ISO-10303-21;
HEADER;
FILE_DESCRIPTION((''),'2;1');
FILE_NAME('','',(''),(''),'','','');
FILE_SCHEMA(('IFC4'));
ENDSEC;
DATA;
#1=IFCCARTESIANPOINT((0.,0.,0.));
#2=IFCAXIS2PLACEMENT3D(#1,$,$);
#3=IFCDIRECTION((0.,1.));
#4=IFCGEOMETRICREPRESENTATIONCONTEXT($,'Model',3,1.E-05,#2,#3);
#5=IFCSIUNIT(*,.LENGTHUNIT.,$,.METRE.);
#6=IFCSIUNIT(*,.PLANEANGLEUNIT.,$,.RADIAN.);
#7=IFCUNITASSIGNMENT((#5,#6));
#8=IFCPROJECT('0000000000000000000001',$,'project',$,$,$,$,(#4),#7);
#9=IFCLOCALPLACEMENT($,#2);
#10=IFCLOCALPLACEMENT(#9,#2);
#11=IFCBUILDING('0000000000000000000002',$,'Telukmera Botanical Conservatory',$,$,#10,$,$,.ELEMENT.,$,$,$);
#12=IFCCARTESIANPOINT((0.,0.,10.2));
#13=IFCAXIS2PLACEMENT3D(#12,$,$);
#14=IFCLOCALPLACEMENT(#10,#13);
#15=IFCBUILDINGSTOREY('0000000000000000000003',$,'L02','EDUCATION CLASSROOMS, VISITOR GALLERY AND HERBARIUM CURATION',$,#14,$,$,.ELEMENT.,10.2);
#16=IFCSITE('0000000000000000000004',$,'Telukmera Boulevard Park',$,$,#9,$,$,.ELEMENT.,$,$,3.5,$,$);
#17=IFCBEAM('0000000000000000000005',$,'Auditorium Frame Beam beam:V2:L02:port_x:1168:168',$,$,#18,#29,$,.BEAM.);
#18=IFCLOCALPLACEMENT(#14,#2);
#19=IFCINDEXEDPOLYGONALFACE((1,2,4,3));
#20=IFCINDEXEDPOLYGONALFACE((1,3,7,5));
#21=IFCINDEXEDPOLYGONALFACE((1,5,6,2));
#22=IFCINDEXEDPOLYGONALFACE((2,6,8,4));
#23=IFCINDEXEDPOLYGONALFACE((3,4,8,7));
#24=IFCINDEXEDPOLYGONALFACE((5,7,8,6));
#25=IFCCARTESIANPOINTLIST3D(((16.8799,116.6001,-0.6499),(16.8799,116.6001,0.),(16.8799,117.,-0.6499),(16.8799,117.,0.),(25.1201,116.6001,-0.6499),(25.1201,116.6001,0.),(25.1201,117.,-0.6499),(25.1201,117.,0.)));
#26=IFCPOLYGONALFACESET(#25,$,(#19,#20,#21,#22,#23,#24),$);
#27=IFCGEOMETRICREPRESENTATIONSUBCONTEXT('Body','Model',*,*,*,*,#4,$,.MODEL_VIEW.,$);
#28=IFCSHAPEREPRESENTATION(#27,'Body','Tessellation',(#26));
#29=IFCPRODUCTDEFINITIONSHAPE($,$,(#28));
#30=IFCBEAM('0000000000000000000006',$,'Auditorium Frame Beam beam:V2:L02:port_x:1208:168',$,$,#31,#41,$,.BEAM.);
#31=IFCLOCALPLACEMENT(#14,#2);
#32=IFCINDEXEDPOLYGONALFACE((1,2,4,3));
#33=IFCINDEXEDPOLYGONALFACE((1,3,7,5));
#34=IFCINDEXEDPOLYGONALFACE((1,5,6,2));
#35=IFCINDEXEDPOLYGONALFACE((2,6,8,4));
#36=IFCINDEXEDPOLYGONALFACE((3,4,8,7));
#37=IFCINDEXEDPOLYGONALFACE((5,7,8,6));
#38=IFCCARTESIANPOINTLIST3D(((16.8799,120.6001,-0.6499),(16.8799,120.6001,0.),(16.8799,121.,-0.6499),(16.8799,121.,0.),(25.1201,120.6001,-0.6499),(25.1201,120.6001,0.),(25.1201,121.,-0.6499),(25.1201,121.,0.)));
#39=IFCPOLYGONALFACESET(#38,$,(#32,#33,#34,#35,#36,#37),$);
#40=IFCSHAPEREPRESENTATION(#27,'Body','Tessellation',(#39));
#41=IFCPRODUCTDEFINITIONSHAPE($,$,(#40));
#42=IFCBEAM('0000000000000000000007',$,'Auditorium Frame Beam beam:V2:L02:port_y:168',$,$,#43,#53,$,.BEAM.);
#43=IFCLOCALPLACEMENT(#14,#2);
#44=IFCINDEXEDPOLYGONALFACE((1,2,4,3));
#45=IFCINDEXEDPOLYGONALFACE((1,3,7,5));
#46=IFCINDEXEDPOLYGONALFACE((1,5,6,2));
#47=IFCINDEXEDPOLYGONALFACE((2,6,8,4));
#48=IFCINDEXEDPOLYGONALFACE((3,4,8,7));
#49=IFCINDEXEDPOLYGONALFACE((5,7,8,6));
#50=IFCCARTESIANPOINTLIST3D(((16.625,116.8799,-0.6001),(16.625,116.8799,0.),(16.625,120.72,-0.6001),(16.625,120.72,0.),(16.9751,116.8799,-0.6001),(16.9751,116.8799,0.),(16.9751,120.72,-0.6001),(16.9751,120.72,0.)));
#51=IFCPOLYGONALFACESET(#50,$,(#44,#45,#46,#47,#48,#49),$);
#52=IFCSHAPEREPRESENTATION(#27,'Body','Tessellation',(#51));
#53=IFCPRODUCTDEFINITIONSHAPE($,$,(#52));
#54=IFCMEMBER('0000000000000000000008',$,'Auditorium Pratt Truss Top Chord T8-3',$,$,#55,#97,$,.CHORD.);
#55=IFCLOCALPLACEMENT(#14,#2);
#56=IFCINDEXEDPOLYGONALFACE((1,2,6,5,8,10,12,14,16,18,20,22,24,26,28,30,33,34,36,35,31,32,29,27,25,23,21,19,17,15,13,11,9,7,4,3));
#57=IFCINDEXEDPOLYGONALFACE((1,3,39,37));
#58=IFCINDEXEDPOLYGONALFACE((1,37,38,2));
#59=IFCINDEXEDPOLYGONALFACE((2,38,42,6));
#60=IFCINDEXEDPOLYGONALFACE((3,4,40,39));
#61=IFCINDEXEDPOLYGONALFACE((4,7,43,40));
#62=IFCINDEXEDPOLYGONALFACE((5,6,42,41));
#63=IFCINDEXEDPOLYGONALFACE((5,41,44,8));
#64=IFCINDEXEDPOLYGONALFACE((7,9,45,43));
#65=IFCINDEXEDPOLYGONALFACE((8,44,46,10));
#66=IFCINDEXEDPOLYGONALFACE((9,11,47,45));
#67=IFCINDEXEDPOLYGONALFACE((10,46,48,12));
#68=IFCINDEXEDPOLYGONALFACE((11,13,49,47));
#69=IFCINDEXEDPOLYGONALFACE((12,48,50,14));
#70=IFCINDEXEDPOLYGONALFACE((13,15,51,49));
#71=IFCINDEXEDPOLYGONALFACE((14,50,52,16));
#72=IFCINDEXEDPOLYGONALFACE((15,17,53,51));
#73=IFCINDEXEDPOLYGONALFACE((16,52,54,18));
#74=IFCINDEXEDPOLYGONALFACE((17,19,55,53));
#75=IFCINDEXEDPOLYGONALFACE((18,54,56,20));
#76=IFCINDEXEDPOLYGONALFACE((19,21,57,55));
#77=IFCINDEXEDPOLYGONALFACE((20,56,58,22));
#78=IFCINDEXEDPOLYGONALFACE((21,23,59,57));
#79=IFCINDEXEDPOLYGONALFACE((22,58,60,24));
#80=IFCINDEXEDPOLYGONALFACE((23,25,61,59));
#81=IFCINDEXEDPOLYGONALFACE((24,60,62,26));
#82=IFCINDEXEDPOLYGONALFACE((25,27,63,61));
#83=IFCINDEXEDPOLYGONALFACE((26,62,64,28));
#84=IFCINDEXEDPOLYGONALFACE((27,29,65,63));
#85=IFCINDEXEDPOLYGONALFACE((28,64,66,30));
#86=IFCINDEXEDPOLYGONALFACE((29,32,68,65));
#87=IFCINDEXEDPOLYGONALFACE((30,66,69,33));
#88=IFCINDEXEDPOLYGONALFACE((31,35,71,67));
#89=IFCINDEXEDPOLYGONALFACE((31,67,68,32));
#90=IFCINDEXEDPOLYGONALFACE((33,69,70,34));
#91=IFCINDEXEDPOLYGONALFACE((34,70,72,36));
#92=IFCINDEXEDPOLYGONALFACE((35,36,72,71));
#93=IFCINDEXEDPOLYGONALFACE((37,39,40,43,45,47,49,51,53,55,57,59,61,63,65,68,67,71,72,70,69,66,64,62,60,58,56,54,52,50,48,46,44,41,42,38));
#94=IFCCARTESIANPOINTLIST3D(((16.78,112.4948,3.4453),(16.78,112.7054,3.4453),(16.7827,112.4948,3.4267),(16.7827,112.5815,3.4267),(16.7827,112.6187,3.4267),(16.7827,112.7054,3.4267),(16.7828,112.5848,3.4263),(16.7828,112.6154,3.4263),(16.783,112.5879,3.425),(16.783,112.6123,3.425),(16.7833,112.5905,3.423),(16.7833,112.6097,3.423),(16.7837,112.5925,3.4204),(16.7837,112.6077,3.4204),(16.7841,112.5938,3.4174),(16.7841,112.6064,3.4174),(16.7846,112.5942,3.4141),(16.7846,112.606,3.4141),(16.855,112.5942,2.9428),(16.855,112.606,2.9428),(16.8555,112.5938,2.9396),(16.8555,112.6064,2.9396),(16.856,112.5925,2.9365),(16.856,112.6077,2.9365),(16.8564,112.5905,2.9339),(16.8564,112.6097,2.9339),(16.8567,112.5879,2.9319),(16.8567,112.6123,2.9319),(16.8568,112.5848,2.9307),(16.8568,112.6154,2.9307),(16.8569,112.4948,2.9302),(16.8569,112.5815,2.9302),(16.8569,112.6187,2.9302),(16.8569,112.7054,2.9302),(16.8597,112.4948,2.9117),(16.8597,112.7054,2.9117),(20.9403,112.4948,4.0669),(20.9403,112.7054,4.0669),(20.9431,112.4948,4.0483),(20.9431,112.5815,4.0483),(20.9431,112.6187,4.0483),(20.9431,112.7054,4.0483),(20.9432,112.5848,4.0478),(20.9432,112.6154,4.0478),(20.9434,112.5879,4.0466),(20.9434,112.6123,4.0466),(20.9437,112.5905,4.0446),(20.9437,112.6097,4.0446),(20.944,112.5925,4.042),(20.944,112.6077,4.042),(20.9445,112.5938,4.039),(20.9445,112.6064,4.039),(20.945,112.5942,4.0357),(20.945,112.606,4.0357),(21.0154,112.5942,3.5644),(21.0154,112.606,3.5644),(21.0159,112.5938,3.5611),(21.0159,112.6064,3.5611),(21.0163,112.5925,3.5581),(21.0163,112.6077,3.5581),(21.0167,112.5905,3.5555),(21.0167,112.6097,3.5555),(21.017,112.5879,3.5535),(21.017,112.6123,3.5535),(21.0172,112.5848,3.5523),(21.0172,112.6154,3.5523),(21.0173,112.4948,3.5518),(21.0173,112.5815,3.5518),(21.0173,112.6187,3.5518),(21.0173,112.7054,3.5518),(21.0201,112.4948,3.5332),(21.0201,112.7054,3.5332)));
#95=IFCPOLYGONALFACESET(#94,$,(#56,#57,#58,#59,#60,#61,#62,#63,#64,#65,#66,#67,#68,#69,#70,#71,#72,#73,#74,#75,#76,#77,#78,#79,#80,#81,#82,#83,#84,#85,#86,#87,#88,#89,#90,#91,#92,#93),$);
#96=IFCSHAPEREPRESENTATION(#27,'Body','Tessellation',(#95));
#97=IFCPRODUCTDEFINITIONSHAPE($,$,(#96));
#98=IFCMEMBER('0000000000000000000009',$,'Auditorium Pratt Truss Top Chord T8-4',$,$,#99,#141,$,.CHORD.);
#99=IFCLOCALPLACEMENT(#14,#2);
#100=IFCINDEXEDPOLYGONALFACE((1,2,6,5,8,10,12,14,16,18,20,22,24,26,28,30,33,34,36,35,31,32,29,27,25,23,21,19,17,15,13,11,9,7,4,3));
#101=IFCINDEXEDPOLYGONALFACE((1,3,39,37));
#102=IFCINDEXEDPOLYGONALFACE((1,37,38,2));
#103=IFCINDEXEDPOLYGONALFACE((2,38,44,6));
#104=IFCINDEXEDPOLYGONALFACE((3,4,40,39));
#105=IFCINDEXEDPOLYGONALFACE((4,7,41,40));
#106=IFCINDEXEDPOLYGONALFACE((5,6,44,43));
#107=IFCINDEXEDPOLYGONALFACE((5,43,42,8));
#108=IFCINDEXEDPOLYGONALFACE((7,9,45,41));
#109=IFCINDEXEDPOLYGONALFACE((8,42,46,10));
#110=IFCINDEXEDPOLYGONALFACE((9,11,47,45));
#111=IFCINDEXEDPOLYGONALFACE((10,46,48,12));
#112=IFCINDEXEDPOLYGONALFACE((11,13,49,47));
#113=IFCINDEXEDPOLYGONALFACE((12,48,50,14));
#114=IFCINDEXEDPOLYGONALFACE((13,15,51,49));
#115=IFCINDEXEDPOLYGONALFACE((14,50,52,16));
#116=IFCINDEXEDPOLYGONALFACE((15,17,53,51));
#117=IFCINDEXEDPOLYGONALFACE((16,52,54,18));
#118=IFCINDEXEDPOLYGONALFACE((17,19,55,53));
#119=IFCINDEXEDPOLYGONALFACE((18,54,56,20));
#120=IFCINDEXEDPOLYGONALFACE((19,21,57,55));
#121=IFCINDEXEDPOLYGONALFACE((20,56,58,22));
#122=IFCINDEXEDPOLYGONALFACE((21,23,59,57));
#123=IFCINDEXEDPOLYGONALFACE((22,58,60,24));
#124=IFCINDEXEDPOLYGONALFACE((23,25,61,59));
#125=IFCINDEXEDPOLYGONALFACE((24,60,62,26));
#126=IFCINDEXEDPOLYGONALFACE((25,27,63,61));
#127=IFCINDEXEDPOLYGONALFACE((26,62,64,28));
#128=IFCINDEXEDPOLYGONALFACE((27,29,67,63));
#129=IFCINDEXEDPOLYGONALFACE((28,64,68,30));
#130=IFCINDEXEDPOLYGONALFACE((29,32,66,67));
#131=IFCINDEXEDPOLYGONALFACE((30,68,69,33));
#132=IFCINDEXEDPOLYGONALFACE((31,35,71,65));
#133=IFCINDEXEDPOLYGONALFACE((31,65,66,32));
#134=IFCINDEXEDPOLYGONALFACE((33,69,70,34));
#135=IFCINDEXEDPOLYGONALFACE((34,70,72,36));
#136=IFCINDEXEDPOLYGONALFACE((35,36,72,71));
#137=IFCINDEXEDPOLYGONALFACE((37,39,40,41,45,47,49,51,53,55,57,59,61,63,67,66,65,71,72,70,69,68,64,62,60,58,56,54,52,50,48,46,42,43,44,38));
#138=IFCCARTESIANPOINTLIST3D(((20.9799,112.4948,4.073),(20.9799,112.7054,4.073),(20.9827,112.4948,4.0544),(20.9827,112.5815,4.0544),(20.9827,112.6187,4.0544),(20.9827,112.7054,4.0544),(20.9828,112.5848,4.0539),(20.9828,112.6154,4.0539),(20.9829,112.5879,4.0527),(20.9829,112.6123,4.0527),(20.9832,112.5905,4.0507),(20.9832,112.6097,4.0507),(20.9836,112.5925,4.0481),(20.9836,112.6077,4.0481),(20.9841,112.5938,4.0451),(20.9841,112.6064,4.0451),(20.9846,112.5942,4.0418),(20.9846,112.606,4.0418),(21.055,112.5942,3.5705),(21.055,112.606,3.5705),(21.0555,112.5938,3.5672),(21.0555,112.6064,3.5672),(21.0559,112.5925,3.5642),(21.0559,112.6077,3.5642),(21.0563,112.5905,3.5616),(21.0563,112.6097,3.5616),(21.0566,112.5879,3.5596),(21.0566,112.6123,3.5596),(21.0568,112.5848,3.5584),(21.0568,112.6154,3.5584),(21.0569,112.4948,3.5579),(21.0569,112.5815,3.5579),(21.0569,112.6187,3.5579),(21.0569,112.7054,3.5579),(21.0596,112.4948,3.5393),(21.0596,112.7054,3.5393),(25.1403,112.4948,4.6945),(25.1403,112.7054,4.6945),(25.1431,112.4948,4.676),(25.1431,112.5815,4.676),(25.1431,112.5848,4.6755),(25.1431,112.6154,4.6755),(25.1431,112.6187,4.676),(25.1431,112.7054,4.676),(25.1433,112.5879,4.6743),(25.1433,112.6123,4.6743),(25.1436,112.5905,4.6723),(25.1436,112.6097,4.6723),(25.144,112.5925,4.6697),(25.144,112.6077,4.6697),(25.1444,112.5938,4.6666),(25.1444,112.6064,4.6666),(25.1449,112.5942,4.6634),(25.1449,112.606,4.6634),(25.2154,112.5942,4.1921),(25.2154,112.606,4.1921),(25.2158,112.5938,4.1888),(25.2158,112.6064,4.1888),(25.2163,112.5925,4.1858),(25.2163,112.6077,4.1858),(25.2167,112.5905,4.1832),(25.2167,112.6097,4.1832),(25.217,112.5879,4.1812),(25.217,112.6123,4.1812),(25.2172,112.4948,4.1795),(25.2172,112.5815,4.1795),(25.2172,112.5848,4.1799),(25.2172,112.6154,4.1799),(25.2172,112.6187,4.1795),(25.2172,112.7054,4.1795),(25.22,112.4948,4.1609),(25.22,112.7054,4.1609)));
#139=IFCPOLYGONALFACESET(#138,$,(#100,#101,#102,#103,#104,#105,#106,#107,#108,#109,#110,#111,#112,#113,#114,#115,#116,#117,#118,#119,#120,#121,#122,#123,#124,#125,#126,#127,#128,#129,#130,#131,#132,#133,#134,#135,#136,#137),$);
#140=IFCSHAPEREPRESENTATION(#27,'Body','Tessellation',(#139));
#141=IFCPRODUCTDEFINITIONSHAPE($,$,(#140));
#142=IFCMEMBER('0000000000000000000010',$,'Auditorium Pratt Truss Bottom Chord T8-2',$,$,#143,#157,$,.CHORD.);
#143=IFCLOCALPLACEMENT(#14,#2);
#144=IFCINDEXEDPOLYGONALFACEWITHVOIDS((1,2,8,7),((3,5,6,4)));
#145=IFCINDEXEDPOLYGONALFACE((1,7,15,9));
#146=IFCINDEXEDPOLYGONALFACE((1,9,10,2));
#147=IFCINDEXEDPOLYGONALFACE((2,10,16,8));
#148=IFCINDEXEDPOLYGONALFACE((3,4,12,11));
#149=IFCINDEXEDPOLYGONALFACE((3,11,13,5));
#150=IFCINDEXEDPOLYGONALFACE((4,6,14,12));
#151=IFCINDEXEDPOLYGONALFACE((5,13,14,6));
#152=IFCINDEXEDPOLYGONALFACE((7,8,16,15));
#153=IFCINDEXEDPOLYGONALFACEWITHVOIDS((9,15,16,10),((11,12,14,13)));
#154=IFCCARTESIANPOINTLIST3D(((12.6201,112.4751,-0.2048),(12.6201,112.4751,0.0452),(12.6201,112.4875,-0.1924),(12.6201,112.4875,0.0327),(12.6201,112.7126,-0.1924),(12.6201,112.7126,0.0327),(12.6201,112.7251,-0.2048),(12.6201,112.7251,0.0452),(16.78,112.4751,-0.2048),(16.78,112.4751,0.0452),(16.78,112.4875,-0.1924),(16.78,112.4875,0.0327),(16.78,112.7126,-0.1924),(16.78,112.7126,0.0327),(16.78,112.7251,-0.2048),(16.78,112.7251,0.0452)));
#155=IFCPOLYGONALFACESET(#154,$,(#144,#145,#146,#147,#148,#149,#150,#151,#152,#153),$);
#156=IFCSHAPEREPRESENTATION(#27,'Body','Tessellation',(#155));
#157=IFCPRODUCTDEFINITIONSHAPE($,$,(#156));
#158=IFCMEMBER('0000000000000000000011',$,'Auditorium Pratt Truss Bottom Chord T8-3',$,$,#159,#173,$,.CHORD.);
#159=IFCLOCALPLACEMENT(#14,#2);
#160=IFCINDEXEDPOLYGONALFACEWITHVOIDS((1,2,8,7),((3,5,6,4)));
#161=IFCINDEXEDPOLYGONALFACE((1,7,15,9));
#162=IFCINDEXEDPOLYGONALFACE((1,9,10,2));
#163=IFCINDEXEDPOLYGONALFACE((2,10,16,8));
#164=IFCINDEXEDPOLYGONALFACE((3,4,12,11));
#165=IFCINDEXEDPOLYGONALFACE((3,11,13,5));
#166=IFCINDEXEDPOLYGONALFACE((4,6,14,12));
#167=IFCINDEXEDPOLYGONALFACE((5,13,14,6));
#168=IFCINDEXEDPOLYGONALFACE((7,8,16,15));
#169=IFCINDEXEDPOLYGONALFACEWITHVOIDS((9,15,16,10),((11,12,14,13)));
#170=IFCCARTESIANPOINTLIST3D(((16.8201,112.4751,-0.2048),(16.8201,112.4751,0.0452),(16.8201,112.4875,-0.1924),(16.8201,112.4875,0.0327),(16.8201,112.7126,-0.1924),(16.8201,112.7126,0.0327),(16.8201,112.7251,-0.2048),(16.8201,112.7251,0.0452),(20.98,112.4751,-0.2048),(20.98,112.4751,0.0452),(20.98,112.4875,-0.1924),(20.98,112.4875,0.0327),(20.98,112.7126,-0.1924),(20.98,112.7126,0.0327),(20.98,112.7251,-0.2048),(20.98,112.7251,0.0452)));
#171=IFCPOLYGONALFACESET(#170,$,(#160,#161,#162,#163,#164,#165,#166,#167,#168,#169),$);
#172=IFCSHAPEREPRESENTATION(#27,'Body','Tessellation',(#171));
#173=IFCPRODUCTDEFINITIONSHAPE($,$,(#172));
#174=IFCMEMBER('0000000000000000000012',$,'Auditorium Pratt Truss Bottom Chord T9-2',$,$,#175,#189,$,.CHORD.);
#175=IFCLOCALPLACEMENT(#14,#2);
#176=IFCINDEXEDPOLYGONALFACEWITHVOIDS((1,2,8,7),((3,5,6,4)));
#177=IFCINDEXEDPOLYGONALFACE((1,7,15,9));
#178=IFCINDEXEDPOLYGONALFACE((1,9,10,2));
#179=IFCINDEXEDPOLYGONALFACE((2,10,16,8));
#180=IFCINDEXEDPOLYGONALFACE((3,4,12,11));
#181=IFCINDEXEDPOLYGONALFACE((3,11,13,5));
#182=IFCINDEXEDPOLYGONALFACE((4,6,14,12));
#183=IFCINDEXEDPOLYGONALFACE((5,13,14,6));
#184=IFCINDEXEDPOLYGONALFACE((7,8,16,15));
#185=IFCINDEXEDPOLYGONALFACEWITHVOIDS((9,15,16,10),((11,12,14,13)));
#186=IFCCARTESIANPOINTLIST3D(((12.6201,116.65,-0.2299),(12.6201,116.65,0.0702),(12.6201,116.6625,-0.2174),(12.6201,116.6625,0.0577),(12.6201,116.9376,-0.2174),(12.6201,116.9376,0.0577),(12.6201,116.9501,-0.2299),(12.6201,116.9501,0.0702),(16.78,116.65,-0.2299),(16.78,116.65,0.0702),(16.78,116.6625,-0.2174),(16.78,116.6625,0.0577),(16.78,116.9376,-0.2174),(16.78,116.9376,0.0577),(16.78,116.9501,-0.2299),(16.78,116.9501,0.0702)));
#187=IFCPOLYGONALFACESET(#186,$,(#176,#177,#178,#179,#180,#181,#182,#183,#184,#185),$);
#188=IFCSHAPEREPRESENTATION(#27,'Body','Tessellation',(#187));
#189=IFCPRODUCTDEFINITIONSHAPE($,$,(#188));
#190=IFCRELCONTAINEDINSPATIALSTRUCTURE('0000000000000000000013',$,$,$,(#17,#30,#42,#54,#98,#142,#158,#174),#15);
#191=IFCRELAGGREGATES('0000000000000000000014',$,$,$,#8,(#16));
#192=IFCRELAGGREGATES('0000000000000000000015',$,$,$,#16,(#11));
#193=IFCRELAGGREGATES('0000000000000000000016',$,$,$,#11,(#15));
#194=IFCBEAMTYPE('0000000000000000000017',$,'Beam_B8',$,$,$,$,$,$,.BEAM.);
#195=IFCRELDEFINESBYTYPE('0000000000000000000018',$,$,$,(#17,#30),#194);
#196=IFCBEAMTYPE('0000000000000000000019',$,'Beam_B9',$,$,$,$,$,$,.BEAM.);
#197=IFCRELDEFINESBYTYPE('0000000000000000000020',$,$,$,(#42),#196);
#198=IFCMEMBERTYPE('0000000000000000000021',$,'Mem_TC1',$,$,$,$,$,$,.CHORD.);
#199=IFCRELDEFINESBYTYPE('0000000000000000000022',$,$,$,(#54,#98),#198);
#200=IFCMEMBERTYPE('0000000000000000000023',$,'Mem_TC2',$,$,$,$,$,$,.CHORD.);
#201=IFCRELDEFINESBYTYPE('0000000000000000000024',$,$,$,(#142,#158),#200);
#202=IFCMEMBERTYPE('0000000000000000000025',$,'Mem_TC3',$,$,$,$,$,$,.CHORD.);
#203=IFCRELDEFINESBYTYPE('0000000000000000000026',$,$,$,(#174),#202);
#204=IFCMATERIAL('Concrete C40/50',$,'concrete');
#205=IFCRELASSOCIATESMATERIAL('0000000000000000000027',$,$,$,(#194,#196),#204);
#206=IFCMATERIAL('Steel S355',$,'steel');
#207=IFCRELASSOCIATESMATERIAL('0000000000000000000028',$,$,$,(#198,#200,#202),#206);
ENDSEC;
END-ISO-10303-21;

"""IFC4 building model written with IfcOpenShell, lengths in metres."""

from ifc_helpers import new_model, si_unit, direction, frame, origin, origin_2d, place, context, subcontext, project, spatial, rectangle, hollow_rectangle, i_section, extrude, material, material_profile, profile_set, type_object, element, save


model = new_model("IFC4")

# Units and contexts
model_context = context("Model", 3, precision=1e-05, world=origin(), true_north=direction((0.0, 1.0)))
body_context = subcontext(model_context, "Body", "Model", "MODEL_VIEW")
ifc_project = project(units=[si_unit("LENGTHUNIT", "METRE"), si_unit("PLANEANGLEUNIT", "RADIAN")], contexts=[model_context])

# Site, building, storey
site_placement = place(None, origin())
site = spatial("IfcSite", under=ifc_project, at=site_placement, Name="Telukmera Boulevard Park", CompositionType="ELEMENT", RefElevation=3.5)
building_placement = place(site_placement, origin())
building = spatial("IfcBuilding", under=site, at=building_placement, Name="Telukmera Botanical Conservatory", CompositionType="ELEMENT")
storey_placement = place(building_placement, frame((0.0, 0.0, 10.2)))
storey = spatial("IfcBuildingStorey", under=building, at=storey_placement, Name="L02", Description="EDUCATION CLASSROOMS, VISITOR GALLERY AND HERBARIUM CURATION", CompositionType="ELEMENT", Elevation=10.2)

# Beams
ifc_material_1 = material(Name="Concrete C40/50", Category="concrete")
ifc_material_profile_1 = material_profile(ifc_material_1, rectangle(XDim=0.3999, YDim=0.6499, at=origin_2d()), Name="RC 400x650")
ifc_profile_set_1 = profile_set([ifc_material_profile_1], Name="Concrete C40/50")
beam_type_1 = type_object("IfcBeamType", Name="Beam_B8", PredefinedType="BEAM", material=ifc_profile_set_1)
for number, where, z_axis, x_axis, name in (
    (1, (16.8799, 116.8, -0.325), (1.0, 0.0, 0.0), (0.0, 1.0, 0.0), "Auditorium Frame Beam beam:V2:L02:port_x:1168:168"),
    (2, (16.8799, 120.8, -0.325), (1.0, 0.0, 0.0), (0.0, 1.0, 0.0), "Auditorium Frame Beam beam:V2:L02:port_x:1208:168"),
):
    element("IfcBeam", number, at=place(storey_placement, frame(where, z_axis=z_axis, x_axis=x_axis)), inside=storey, type_object=beam_type_1, Name=name, PredefinedType="BEAM", context=body_context, shape_type="SweptSolid", body=[
        extrude(rectangle(XDim=0.3999, YDim=0.6499, at=origin_2d()), origin(), (0.0, 0.0, 1.0), 8.2402),
    ])
ifc_material_profile_2 = material_profile(ifc_material_1, rectangle(XDim=0.3501, YDim=0.6001, at=origin_2d()), Name="RC 350x600")
ifc_profile_set_2 = profile_set([ifc_material_profile_2], Name="Concrete C40/50")
beam_type_2 = type_object("IfcBeamType", Name="Beam_B9", PredefinedType="BEAM", material=ifc_profile_set_2)
beam_placement = place(storey_placement, frame((16.8, 116.8799, -0.3), z_axis=(0.0, 1.0, 0.0), x_axis=(-1.0, 0.0, 0.0)))
element("IfcBeam", 3, at=beam_placement, inside=storey, type_object=beam_type_2, Name="Auditorium Frame Beam beam:V2:L02:port_y:168", PredefinedType="BEAM", context=body_context, shape_type="SweptSolid", body=[
    extrude(rectangle(XDim=0.3501, YDim=0.6001, at=origin_2d()), origin(), (0.0, 0.0, 1.0), 3.8401),
])

# Members
ifc_material_2 = material(Name="Steel S355", Category="steel")
ifc_material_profile_3 = material_profile(ifc_material_2, i_section(OverallWidth=0.2107, OverallDepth=0.5396, WebThickness=0.0117, FlangeThickness=0.0188, FilletRadius=0.0127, at=origin_2d()), Name="UB 533x210x109")
ifc_profile_set_3 = profile_set([ifc_material_profile_3], Name="Steel S355")
member_type_1 = type_object("IfcMemberType", Name="Mem_TC1", PredefinedType="CHORD", material=ifc_profile_set_3)
for number, where, z_axis, x_axis, name in (
    (4, (16.8198, 112.6001, 3.1785), (0.989023, 0.0, 0.147764), (0.0, 1.0, 0.0), "Auditorium Pratt Truss Top Chord T8-3"),
    (5, (21.0198, 112.6001, 3.8062), (0.989023, 0.0, 0.147764), (0.0, 1.0, 0.0), "Auditorium Pratt Truss Top Chord T8-4"),
):
    element("IfcMember", number, at=place(storey_placement, frame(where, z_axis=z_axis, x_axis=x_axis)), inside=storey, type_object=member_type_1, Name=name, PredefinedType="CHORD", context=body_context, shape_type="SweptSolid", body=[
        extrude(i_section(OverallWidth=0.2107, OverallDepth=0.5396, WebThickness=0.0117, FlangeThickness=0.0188, FilletRadius=0.0127, at=origin_2d()), origin(), (0.0, 0.0, 1.0), 4.2065),
    ])
ifc_material_profile_4 = material_profile(ifc_material_2, hollow_rectangle(XDim=0.25, YDim=0.25, WallThickness=0.0125, at=origin_2d()), Name="SHS 250x250x12.5")
ifc_profile_set_4 = profile_set([ifc_material_profile_4], Name="Steel S355")
member_type_2 = type_object("IfcMemberType", Name="Mem_TC2", PredefinedType="CHORD", material=ifc_profile_set_4)
for number, where, z_axis, x_axis, name in (
    (6, (12.6201, 112.6001, -0.0798), (1.0, 0.0, 0.0), (0.0, 1.0, 0.0), "Auditorium Pratt Truss Bottom Chord T8-2"),
    (7, (16.8201, 112.6001, -0.0798), (1.0, 0.0, 0.0), (0.0, 1.0, 0.0), "Auditorium Pratt Truss Bottom Chord T8-3"),
):
    element("IfcMember", number, at=place(storey_placement, frame(where, z_axis=z_axis, x_axis=x_axis)), inside=storey, type_object=member_type_2, Name=name, PredefinedType="CHORD", context=body_context, shape_type="SweptSolid", body=[
        extrude(hollow_rectangle(XDim=0.25, YDim=0.25, WallThickness=0.0125, at=origin_2d()), origin(), (0.0, 0.0, 1.0), 4.1599),
    ])
ifc_material_profile_5 = material_profile(ifc_material_2, hollow_rectangle(XDim=0.3, YDim=0.3, WallThickness=0.0125, at=origin_2d()), Name="SHS 300x300x12.5")
ifc_profile_set_5 = profile_set([ifc_material_profile_5], Name="Steel S355")
member_type_3 = type_object("IfcMemberType", Name="Mem_TC3", PredefinedType="CHORD", material=ifc_profile_set_5)
for number, where, z_axis, x_axis, name in (
    (8, (12.6201, 116.8, -0.0798), (1.0, 0.0, 0.0), (0.0, 1.0, 0.0), "Auditorium Pratt Truss Bottom Chord T9-2"),
):
    element("IfcMember", number, at=place(storey_placement, frame(where, z_axis=z_axis, x_axis=x_axis)), inside=storey, type_object=member_type_3, Name=name, PredefinedType="CHORD", context=body_context, shape_type="SweptSolid", body=[
        extrude(hollow_rectangle(XDim=0.3, YDim=0.3, WallThickness=0.0125, at=origin_2d()), origin(), (0.0, 0.0, 1.0), 4.1599),
    ])

save(model, "model.ifc")
